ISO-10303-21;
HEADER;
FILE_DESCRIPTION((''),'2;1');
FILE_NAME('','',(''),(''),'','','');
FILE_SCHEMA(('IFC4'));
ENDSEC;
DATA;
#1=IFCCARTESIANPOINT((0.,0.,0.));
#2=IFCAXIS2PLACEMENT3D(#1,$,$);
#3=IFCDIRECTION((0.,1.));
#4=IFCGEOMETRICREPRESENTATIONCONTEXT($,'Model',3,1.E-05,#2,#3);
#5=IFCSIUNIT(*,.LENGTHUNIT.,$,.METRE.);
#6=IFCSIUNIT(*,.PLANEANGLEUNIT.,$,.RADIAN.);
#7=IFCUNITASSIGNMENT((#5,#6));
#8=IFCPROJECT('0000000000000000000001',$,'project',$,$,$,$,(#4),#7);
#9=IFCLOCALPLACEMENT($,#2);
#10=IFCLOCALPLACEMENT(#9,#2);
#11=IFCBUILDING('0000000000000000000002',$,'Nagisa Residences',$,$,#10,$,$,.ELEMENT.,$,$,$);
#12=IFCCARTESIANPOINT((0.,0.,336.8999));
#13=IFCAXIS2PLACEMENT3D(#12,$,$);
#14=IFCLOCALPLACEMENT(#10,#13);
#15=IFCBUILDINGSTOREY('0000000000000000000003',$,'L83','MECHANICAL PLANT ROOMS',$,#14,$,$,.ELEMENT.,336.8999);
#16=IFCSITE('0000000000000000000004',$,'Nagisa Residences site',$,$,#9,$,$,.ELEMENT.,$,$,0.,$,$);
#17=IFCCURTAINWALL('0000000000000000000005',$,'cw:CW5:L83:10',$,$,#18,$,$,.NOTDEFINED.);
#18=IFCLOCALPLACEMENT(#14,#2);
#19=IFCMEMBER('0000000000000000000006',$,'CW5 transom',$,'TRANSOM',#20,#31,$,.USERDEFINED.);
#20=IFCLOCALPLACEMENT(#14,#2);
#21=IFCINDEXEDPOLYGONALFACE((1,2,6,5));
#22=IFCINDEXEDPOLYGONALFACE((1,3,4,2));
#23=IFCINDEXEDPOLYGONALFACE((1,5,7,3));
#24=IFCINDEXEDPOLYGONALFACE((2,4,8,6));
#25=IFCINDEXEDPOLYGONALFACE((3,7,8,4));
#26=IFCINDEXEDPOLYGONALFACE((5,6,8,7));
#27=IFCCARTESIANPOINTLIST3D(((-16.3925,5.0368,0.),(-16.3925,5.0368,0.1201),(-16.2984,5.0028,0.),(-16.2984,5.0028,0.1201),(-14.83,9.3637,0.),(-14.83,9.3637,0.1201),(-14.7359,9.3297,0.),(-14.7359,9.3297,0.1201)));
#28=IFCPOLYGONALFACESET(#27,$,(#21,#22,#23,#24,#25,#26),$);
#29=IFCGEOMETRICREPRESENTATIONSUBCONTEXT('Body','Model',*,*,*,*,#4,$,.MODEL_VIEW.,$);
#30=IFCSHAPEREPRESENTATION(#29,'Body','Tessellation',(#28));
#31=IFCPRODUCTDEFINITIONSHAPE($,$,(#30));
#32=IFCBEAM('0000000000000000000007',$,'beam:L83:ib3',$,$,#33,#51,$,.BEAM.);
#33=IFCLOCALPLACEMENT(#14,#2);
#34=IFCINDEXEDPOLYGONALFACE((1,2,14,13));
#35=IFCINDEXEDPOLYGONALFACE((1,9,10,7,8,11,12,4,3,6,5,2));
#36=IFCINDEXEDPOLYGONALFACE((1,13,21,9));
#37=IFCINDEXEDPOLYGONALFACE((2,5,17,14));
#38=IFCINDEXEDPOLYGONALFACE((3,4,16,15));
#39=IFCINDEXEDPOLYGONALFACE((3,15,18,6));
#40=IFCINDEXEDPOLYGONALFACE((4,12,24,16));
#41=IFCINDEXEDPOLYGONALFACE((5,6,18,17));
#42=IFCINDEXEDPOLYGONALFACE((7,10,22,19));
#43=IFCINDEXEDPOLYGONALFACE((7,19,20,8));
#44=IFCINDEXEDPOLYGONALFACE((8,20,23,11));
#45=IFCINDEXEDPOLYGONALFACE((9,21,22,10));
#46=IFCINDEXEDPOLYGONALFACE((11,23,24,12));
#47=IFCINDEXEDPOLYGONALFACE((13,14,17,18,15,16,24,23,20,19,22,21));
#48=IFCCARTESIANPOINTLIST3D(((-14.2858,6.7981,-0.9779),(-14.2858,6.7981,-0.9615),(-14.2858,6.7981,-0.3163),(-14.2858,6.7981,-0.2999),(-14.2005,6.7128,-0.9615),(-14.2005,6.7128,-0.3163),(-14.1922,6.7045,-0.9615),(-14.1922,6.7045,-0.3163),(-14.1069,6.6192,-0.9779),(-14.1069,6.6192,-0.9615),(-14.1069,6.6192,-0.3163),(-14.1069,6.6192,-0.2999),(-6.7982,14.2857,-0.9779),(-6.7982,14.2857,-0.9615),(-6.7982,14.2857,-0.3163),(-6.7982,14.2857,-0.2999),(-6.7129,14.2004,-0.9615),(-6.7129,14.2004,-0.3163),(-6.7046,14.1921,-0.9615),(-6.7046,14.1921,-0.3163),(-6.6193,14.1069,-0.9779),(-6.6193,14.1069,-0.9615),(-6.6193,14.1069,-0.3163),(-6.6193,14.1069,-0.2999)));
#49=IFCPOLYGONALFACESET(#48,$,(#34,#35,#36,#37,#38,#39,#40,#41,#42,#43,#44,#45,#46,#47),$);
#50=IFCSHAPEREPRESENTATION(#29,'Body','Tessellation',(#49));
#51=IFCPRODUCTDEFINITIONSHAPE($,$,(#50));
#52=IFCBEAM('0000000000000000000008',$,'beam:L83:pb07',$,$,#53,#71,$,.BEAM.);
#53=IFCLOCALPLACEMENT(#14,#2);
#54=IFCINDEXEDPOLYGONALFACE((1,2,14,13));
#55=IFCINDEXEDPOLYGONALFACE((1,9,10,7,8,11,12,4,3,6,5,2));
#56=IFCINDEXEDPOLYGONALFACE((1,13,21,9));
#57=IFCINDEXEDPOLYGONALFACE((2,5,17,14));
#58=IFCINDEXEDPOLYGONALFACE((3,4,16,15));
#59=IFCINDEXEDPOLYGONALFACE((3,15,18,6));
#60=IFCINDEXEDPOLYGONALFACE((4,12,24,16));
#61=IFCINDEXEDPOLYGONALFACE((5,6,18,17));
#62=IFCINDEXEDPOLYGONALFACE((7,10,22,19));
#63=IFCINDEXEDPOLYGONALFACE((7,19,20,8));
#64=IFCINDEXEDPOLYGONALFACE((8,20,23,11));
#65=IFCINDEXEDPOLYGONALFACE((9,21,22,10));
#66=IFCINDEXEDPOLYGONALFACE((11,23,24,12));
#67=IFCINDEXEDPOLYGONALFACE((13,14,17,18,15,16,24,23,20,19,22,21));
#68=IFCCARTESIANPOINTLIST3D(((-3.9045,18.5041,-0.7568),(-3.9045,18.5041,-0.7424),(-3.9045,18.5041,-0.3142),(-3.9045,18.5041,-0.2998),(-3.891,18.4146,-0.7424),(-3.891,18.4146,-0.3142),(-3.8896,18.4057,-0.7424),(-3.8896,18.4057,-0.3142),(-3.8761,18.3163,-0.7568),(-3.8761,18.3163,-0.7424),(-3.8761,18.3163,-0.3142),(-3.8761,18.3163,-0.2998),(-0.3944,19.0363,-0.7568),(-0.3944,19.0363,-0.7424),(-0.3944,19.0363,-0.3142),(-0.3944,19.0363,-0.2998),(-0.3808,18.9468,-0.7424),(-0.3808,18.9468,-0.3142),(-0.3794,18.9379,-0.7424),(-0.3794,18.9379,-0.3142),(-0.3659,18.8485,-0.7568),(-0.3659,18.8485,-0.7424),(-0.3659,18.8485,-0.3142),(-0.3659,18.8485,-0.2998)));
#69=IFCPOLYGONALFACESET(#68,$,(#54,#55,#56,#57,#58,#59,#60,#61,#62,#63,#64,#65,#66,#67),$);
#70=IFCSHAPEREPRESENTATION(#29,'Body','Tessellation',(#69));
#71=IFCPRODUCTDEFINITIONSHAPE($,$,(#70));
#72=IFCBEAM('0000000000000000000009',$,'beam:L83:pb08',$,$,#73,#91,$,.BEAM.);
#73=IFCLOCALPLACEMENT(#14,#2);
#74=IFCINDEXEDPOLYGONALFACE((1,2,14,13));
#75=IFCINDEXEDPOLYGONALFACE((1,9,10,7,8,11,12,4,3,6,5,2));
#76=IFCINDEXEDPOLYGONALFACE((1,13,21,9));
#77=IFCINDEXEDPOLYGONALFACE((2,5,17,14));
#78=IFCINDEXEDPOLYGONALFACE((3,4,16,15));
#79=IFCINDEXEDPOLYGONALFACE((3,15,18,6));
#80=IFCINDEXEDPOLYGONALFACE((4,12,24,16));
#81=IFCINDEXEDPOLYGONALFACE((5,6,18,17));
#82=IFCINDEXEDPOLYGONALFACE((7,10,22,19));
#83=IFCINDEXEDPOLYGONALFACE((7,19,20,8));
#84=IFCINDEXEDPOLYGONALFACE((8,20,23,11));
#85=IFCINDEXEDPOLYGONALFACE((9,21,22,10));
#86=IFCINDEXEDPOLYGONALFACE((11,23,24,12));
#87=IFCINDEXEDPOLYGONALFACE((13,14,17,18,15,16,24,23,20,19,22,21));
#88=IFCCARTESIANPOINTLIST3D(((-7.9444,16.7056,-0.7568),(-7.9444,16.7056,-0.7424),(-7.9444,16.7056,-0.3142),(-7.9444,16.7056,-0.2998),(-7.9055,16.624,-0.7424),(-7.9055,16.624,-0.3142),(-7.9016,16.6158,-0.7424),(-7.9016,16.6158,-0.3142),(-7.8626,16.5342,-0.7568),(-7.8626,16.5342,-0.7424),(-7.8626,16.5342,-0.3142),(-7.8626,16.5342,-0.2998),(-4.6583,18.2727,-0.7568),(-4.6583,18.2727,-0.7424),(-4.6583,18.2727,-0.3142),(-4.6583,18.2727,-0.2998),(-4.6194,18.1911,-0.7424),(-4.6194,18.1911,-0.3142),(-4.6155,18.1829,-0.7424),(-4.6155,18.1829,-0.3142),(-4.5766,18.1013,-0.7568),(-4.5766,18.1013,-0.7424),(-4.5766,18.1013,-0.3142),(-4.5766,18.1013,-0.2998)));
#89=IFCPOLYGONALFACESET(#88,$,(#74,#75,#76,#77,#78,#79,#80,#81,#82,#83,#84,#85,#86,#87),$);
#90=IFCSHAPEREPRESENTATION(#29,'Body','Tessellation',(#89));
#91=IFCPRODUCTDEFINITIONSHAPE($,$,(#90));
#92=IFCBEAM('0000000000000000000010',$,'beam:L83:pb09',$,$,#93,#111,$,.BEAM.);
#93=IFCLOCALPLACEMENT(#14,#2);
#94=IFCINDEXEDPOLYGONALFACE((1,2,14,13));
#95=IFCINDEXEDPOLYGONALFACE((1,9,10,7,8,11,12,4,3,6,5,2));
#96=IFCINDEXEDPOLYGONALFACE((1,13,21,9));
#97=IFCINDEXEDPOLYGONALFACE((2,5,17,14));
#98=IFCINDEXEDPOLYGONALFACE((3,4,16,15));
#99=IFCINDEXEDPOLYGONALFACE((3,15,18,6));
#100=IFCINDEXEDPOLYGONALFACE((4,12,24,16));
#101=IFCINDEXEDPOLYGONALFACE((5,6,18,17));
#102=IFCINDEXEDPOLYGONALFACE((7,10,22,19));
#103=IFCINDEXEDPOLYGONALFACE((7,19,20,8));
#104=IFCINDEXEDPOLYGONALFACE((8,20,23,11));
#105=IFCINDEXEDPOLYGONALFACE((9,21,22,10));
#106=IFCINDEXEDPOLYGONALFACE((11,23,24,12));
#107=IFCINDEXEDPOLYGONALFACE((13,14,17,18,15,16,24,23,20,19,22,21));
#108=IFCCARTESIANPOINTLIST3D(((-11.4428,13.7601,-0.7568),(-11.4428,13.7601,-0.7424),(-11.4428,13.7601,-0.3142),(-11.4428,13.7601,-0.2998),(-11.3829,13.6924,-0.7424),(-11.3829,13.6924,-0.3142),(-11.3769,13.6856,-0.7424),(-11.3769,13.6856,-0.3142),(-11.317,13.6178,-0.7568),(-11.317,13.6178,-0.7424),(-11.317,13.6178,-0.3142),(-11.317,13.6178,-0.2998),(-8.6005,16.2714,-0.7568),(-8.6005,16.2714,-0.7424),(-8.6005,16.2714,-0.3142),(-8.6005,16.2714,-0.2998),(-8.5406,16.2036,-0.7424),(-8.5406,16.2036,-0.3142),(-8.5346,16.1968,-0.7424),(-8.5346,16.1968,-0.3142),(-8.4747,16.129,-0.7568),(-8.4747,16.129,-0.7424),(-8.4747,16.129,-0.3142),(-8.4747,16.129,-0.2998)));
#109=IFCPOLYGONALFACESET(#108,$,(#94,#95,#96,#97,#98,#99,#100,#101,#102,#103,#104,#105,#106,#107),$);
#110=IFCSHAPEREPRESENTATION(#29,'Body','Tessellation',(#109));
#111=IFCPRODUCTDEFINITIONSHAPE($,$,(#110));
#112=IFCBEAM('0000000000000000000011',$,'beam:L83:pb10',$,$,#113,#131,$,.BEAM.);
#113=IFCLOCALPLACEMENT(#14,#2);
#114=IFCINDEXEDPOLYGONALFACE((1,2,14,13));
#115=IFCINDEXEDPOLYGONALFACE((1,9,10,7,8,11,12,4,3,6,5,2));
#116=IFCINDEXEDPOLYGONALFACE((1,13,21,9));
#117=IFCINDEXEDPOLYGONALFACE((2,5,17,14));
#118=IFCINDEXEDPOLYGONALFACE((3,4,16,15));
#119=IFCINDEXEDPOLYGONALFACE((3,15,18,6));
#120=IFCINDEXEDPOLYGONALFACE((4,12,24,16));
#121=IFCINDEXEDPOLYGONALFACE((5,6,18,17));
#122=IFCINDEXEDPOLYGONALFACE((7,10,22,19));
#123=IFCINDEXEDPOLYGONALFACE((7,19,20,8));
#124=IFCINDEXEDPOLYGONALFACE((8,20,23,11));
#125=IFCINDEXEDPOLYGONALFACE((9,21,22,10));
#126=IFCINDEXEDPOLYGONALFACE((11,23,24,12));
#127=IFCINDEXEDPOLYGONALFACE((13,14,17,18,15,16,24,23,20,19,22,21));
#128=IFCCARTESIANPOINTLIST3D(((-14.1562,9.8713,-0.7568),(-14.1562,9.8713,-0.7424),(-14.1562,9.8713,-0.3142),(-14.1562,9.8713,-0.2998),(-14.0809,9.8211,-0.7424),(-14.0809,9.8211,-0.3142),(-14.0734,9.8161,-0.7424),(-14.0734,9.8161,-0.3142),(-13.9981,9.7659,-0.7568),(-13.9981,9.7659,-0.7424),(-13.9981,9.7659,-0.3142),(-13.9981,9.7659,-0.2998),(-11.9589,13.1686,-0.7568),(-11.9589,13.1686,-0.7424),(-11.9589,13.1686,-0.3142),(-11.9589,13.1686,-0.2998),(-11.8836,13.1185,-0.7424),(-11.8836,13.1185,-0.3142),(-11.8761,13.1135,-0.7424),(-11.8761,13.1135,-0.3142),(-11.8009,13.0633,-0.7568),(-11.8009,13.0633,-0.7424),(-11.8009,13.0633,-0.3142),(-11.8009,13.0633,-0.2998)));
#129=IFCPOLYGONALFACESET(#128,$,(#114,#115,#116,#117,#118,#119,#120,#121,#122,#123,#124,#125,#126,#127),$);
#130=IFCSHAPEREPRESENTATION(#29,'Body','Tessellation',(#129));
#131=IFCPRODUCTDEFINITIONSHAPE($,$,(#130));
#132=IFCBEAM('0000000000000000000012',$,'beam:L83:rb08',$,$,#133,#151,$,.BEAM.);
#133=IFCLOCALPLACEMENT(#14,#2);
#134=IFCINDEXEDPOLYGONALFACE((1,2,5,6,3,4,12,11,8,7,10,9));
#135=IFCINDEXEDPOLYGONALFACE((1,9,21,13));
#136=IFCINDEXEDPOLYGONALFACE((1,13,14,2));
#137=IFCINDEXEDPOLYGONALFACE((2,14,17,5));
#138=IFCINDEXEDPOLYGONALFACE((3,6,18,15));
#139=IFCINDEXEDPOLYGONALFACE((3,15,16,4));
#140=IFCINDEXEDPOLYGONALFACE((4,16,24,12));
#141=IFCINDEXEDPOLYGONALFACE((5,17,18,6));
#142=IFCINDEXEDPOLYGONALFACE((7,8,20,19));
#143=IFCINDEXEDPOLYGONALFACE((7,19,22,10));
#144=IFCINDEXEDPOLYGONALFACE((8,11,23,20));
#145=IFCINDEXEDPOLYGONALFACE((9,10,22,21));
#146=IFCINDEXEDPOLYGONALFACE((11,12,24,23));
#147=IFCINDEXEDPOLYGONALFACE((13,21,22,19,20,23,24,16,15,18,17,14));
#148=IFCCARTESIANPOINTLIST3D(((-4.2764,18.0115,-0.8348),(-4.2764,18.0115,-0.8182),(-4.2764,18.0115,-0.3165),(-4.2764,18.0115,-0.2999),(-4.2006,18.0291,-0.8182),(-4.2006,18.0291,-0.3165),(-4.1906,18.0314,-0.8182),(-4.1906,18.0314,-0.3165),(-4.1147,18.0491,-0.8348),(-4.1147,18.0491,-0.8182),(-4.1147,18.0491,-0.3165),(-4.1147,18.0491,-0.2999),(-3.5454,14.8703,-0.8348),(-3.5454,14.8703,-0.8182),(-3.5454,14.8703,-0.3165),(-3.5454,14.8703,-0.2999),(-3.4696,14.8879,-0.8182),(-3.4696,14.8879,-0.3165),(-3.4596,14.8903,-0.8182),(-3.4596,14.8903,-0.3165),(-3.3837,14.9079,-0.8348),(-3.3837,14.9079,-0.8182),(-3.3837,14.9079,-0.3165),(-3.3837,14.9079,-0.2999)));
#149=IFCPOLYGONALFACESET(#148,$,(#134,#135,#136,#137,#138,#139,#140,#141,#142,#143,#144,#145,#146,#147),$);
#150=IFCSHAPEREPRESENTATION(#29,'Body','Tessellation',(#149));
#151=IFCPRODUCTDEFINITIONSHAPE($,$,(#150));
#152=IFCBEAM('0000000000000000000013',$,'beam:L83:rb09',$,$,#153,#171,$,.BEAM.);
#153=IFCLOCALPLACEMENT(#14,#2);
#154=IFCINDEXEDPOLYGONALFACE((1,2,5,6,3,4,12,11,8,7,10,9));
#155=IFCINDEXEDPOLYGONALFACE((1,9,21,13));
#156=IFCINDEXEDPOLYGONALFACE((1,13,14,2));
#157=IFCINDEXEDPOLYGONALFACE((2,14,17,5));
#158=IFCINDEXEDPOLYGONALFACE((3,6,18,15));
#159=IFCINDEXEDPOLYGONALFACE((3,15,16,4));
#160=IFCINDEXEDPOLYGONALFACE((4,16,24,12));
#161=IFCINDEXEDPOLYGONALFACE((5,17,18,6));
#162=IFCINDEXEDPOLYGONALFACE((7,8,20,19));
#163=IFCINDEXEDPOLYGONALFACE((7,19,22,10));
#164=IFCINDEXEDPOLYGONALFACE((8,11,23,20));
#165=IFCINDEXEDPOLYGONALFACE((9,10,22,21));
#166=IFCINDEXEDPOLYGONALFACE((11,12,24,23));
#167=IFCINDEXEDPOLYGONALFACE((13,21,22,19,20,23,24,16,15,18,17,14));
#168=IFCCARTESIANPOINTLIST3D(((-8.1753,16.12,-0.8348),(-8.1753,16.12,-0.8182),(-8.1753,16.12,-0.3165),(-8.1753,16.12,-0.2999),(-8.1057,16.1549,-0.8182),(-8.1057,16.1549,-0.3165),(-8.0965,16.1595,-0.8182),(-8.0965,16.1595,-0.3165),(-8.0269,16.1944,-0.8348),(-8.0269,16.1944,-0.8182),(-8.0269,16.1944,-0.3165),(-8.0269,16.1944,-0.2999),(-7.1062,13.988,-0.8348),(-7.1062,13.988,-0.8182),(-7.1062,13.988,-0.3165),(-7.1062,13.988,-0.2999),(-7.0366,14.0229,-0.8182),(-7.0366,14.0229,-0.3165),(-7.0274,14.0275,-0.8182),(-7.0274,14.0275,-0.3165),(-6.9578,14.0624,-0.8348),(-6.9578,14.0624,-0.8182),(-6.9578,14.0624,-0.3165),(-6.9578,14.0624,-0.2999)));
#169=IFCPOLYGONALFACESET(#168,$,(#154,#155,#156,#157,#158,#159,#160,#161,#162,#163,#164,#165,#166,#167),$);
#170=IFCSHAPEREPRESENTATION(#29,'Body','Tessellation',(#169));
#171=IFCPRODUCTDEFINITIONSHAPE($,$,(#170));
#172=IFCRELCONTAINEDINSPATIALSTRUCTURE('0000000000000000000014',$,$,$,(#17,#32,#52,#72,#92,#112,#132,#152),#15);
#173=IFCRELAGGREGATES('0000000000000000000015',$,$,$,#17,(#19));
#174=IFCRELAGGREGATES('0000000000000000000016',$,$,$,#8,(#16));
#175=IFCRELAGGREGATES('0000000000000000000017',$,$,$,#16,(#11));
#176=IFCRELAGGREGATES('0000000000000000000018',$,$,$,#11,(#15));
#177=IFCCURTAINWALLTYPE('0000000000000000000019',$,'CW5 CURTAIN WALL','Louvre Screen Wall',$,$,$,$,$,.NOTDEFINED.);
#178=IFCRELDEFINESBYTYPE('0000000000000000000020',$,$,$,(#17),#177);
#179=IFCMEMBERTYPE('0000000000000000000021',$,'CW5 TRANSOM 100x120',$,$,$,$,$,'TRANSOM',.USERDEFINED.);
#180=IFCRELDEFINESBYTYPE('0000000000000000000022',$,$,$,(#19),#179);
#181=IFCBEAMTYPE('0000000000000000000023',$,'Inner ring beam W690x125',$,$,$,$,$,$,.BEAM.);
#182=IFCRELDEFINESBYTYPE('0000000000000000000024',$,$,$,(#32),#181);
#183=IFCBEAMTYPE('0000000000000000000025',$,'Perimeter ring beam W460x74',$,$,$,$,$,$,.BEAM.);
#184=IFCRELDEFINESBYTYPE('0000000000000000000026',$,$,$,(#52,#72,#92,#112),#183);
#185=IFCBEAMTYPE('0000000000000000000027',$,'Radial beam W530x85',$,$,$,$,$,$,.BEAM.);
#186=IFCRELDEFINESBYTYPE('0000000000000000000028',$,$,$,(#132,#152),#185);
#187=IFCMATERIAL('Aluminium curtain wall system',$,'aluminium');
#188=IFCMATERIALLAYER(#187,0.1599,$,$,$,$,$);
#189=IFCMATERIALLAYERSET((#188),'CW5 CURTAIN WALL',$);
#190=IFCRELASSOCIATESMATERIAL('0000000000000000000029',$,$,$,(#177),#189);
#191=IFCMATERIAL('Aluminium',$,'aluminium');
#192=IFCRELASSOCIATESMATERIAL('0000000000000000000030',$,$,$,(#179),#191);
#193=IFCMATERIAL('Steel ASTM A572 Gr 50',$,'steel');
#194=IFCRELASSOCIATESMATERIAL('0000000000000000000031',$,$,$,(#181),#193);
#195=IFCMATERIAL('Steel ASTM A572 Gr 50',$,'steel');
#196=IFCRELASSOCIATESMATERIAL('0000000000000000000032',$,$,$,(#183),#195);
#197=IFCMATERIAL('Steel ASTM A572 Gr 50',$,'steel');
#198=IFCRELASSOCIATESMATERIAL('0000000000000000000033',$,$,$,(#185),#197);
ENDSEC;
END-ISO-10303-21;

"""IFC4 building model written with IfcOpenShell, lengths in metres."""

from ifc_helpers import new_model, si_unit, direction, frame, origin, origin_2d, place, context, subcontext, project, spatial, rectangle, i_section, extrude, material, layer, layer_set, material_profile, profile_set, type_object, element, aggregate, save


model = new_model("IFC4")

# Units and contexts
model_context = context("Model", 3, precision=1e-05, world=origin(), true_north=direction((0.0, 1.0)))
body_context = subcontext(model_context, "Body", "Model", "MODEL_VIEW")
ifc_project = project(units=[si_unit("LENGTHUNIT", "METRE"), si_unit("PLANEANGLEUNIT", "RADIAN")], contexts=[model_context])

# Site, building, storey
site_placement = place(None, origin())
site = spatial("IfcSite", under=ifc_project, at=site_placement, Name="Nagisa Residences site", CompositionType="ELEMENT", RefElevation=0.0)
building_placement = place(site_placement, origin())
building = spatial("IfcBuilding", under=site, at=building_placement, Name="Nagisa Residences", CompositionType="ELEMENT")
storey_placement = place(building_placement, frame((0.0, 0.0, 336.8999)))
storey = spatial("IfcBuildingStorey", under=building, at=storey_placement, Name="L83", Description="MECHANICAL PLANT ROOMS", CompositionType="ELEMENT", Elevation=336.8999)

# Shared definitions
ifc_material_1 = material(Name="Aluminium curtain wall system", Category="aluminium")
ifc_layer_1 = layer(ifc_material_1, 0.1599)
ifc_layer_set_1 = layer_set([ifc_layer_1], Name="CW5 CURTAIN WALL")
curtain_wall_type = type_object("IfcCurtainWallType", Name="CW5 CURTAIN WALL", Description="Louvre Screen Wall", PredefinedType="NOTDEFINED", material=ifc_layer_set_1)

# Shared definitions
ifc_material_2 = material(Name="Aluminium", Category="aluminium")
ifc_material_profile_1 = material_profile(ifc_material_2, rectangle(XDim=0.1001, YDim=0.1201, at=origin_2d()), Name="CW5 TRANSOM 100x120")
ifc_profile_set_1 = profile_set([ifc_material_profile_1], Name="Aluminium")
member_type_1 = type_object("IfcMemberType", Name="CW5 TRANSOM 100x120", ElementType="TRANSOM", PredefinedType="USERDEFINED", material=ifc_profile_set_1)

# Curtain wall, member
curtain_wall_1_placement = place(storey_placement, origin())
curtain_wall_1 = element("IfcCurtainWall", 1, at=curtain_wall_1_placement, inside=storey, type_object=curtain_wall_type, Name="cw:CW5:L83:10", PredefinedType="NOTDEFINED")
member_1_placement = place(storey_placement, frame((-14.783, 9.3467, 0.0601), z_axis=(-0.339646, -0.940553, 0.0), x_axis=(0.940553, -0.339646, 0.0)))
member_1 = element("IfcMember", 2, at=member_1_placement, type_object=member_type_1, Name="CW5 transom", ObjectType="TRANSOM", PredefinedType="USERDEFINED", context=body_context, shape_type="SweptSolid", body=[
    extrude(rectangle(XDim=0.1001, YDim=0.1201, at=origin_2d()), origin(), (0.0, 0.0, 1.0), 4.6003),
])
aggregate(curtain_wall_1, [member_1])

# Beams
ifc_material_3 = material(Name="Steel ASTM A572 Gr 50", Category="steel")
ifc_material_profile_2 = material_profile(ifc_material_3, i_section(OverallWidth=0.2529, OverallDepth=0.678, WebThickness=0.0117, FlangeThickness=0.0164, at=origin_2d()), Name="W690x125")
ifc_profile_set_2 = profile_set([ifc_material_profile_2], Name="Steel ASTM A572 Gr 50")
beam_type_1 = type_object("IfcBeamType", Name="Inner ring beam W690x125", PredefinedType="BEAM", material=ifc_profile_set_2)
beam_1_placement = place(storey_placement, frame((-6.7087, 14.1963, -0.6389), z_axis=(-0.707107, -0.707107, 0.0), x_axis=(0.707107, -0.707107, 0.0)))
element("IfcBeam", 3, at=beam_1_placement, inside=storey, type_object=beam_type_1, Name="beam:L83:ib3", PredefinedType="BEAM", context=body_context, shape_type="SweptSolid", body=[
    extrude(i_section(OverallWidth=0.2529, OverallDepth=0.678, WebThickness=0.0117, FlangeThickness=0.0164, at=origin_2d()), origin(), (0.0, 0.0, 1.0), 10.5891),
])
ifc_material_4 = material(Name="Steel ASTM A572 Gr 50", Category="steel")
ifc_material_profile_3 = material_profile(ifc_material_4, i_section(OverallWidth=0.1899, OverallDepth=0.457, WebThickness=0.009, FlangeThickness=0.0144, at=origin_2d()), Name="W460x74")
ifc_profile_set_3 = profile_set([ifc_material_profile_3], Name="Steel ASTM A572 Gr 50")
beam_type_2 = type_object("IfcBeamType", Name="Perimeter ring beam W460x74", PredefinedType="BEAM", material=ifc_profile_set_3)
beam_2_placement = place(storey_placement, frame((-0.3801, 18.9424, -0.5283), z_axis=(-0.9887, -0.149907, 0.0), x_axis=(0.149907, -0.9887, 0.0)))
element("IfcBeam", 4, at=beam_2_placement, inside=storey, type_object=beam_type_2, Name="beam:L83:pb07", PredefinedType="BEAM", context=body_context, shape_type="SweptSolid", body=[
    extrude(i_section(OverallWidth=0.1899, OverallDepth=0.457, WebThickness=0.009, FlangeThickness=0.0144, at=origin_2d()), origin(), (0.0, 0.0, 1.0), 3.5503),
])
beam_3_placement = place(storey_placement, frame((-4.6174, 18.187, -0.5283), z_axis=(-0.902614, -0.430452, 0.0), x_axis=(0.430452, -0.902614, 0.0)))
element("IfcBeam", 5, at=beam_3_placement, inside=storey, type_object=beam_type_2, Name="beam:L83:pb08", PredefinedType="BEAM", context=body_context, shape_type="SweptSolid", body=[
    extrude(i_section(OverallWidth=0.1899, OverallDepth=0.457, WebThickness=0.009, FlangeThickness=0.0144, at=origin_2d()), origin(), (0.0, 0.0, 1.0), 3.6406),
])
beam_4_placement = place(storey_placement, frame((-8.5376, 16.2002, -0.5283), z_axis=(-0.749402, -0.662115, 0.0), x_axis=(0.662115, -0.749402, 0.0)))
element("IfcBeam", 6, at=beam_4_placement, inside=storey, type_object=beam_type_2, Name="beam:L83:pb09", PredefinedType="BEAM", context=body_context, shape_type="SweptSolid", body=[
    extrude(i_section(OverallWidth=0.1899, OverallDepth=0.457, WebThickness=0.009, FlangeThickness=0.0144, at=origin_2d()), origin(), (0.0, 0.0, 1.0), 3.7927),
])
beam_5_placement = place(storey_placement, frame((-11.8799, 13.116, -0.5283), z_axis=(-0.55453, -0.832164, 0.0), x_axis=(0.832164, -0.55453, 0.0)))
element("IfcBeam", 7, at=beam_5_placement, inside=storey, type_object=beam_type_2, Name="beam:L83:pb10", PredefinedType="BEAM", context=body_context, shape_type="SweptSolid", body=[
    extrude(i_section(OverallWidth=0.1899, OverallDepth=0.457, WebThickness=0.009, FlangeThickness=0.0144, at=origin_2d()), origin(), (0.0, 0.0, 1.0), 3.9624),
])
ifc_material_5 = material(Name="Steel ASTM A572 Gr 50", Category="steel")
ifc_material_profile_4 = material_profile(ifc_material_5, i_section(OverallWidth=0.166, OverallDepth=0.5349, WebThickness=0.0103, FlangeThickness=0.0166, at=origin_2d()), Name="W530x85")
ifc_profile_set_4 = profile_set([ifc_material_profile_4], Name="Steel ASTM A572 Gr 50")
beam_type_3 = type_object("IfcBeamType", Name="Radial beam W530x85", PredefinedType="BEAM", material=ifc_profile_set_4)
beam_6_placement = place(storey_placement, frame((-4.1956, 18.0303, -0.5674), z_axis=(0.22665, -0.973976, 0.0), x_axis=(0.973976, 0.22665, 0.0)))
element("IfcBeam", 8, at=beam_6_placement, inside=storey, type_object=beam_type_3, Name="beam:L83:rb08", PredefinedType="BEAM", context=body_context, shape_type="SweptSolid", body=[
    extrude(i_section(OverallWidth=0.166, OverallDepth=0.5349, WebThickness=0.0103, FlangeThickness=0.0166, at=origin_2d()), origin(), (0.0, 0.0, 1.0), 3.2251),
])
beam_7_placement = place(storey_placement, frame((-8.1011, 16.1572, -0.5674), z_axis=(0.448237, -0.893915, 0.0), x_axis=(0.893915, 0.448237, 0.0)))
element("IfcBeam", 9, at=beam_7_placement, inside=storey, type_object=beam_type_3, Name="beam:L83:rb09", PredefinedType="BEAM", context=body_context, shape_type="SweptSolid", body=[
    extrude(i_section(OverallWidth=0.166, OverallDepth=0.5349, WebThickness=0.0103, FlangeThickness=0.0166, at=origin_2d()), origin(), (0.0, 0.0, 1.0), 2.385),
])

save(model, "model.ifc")
